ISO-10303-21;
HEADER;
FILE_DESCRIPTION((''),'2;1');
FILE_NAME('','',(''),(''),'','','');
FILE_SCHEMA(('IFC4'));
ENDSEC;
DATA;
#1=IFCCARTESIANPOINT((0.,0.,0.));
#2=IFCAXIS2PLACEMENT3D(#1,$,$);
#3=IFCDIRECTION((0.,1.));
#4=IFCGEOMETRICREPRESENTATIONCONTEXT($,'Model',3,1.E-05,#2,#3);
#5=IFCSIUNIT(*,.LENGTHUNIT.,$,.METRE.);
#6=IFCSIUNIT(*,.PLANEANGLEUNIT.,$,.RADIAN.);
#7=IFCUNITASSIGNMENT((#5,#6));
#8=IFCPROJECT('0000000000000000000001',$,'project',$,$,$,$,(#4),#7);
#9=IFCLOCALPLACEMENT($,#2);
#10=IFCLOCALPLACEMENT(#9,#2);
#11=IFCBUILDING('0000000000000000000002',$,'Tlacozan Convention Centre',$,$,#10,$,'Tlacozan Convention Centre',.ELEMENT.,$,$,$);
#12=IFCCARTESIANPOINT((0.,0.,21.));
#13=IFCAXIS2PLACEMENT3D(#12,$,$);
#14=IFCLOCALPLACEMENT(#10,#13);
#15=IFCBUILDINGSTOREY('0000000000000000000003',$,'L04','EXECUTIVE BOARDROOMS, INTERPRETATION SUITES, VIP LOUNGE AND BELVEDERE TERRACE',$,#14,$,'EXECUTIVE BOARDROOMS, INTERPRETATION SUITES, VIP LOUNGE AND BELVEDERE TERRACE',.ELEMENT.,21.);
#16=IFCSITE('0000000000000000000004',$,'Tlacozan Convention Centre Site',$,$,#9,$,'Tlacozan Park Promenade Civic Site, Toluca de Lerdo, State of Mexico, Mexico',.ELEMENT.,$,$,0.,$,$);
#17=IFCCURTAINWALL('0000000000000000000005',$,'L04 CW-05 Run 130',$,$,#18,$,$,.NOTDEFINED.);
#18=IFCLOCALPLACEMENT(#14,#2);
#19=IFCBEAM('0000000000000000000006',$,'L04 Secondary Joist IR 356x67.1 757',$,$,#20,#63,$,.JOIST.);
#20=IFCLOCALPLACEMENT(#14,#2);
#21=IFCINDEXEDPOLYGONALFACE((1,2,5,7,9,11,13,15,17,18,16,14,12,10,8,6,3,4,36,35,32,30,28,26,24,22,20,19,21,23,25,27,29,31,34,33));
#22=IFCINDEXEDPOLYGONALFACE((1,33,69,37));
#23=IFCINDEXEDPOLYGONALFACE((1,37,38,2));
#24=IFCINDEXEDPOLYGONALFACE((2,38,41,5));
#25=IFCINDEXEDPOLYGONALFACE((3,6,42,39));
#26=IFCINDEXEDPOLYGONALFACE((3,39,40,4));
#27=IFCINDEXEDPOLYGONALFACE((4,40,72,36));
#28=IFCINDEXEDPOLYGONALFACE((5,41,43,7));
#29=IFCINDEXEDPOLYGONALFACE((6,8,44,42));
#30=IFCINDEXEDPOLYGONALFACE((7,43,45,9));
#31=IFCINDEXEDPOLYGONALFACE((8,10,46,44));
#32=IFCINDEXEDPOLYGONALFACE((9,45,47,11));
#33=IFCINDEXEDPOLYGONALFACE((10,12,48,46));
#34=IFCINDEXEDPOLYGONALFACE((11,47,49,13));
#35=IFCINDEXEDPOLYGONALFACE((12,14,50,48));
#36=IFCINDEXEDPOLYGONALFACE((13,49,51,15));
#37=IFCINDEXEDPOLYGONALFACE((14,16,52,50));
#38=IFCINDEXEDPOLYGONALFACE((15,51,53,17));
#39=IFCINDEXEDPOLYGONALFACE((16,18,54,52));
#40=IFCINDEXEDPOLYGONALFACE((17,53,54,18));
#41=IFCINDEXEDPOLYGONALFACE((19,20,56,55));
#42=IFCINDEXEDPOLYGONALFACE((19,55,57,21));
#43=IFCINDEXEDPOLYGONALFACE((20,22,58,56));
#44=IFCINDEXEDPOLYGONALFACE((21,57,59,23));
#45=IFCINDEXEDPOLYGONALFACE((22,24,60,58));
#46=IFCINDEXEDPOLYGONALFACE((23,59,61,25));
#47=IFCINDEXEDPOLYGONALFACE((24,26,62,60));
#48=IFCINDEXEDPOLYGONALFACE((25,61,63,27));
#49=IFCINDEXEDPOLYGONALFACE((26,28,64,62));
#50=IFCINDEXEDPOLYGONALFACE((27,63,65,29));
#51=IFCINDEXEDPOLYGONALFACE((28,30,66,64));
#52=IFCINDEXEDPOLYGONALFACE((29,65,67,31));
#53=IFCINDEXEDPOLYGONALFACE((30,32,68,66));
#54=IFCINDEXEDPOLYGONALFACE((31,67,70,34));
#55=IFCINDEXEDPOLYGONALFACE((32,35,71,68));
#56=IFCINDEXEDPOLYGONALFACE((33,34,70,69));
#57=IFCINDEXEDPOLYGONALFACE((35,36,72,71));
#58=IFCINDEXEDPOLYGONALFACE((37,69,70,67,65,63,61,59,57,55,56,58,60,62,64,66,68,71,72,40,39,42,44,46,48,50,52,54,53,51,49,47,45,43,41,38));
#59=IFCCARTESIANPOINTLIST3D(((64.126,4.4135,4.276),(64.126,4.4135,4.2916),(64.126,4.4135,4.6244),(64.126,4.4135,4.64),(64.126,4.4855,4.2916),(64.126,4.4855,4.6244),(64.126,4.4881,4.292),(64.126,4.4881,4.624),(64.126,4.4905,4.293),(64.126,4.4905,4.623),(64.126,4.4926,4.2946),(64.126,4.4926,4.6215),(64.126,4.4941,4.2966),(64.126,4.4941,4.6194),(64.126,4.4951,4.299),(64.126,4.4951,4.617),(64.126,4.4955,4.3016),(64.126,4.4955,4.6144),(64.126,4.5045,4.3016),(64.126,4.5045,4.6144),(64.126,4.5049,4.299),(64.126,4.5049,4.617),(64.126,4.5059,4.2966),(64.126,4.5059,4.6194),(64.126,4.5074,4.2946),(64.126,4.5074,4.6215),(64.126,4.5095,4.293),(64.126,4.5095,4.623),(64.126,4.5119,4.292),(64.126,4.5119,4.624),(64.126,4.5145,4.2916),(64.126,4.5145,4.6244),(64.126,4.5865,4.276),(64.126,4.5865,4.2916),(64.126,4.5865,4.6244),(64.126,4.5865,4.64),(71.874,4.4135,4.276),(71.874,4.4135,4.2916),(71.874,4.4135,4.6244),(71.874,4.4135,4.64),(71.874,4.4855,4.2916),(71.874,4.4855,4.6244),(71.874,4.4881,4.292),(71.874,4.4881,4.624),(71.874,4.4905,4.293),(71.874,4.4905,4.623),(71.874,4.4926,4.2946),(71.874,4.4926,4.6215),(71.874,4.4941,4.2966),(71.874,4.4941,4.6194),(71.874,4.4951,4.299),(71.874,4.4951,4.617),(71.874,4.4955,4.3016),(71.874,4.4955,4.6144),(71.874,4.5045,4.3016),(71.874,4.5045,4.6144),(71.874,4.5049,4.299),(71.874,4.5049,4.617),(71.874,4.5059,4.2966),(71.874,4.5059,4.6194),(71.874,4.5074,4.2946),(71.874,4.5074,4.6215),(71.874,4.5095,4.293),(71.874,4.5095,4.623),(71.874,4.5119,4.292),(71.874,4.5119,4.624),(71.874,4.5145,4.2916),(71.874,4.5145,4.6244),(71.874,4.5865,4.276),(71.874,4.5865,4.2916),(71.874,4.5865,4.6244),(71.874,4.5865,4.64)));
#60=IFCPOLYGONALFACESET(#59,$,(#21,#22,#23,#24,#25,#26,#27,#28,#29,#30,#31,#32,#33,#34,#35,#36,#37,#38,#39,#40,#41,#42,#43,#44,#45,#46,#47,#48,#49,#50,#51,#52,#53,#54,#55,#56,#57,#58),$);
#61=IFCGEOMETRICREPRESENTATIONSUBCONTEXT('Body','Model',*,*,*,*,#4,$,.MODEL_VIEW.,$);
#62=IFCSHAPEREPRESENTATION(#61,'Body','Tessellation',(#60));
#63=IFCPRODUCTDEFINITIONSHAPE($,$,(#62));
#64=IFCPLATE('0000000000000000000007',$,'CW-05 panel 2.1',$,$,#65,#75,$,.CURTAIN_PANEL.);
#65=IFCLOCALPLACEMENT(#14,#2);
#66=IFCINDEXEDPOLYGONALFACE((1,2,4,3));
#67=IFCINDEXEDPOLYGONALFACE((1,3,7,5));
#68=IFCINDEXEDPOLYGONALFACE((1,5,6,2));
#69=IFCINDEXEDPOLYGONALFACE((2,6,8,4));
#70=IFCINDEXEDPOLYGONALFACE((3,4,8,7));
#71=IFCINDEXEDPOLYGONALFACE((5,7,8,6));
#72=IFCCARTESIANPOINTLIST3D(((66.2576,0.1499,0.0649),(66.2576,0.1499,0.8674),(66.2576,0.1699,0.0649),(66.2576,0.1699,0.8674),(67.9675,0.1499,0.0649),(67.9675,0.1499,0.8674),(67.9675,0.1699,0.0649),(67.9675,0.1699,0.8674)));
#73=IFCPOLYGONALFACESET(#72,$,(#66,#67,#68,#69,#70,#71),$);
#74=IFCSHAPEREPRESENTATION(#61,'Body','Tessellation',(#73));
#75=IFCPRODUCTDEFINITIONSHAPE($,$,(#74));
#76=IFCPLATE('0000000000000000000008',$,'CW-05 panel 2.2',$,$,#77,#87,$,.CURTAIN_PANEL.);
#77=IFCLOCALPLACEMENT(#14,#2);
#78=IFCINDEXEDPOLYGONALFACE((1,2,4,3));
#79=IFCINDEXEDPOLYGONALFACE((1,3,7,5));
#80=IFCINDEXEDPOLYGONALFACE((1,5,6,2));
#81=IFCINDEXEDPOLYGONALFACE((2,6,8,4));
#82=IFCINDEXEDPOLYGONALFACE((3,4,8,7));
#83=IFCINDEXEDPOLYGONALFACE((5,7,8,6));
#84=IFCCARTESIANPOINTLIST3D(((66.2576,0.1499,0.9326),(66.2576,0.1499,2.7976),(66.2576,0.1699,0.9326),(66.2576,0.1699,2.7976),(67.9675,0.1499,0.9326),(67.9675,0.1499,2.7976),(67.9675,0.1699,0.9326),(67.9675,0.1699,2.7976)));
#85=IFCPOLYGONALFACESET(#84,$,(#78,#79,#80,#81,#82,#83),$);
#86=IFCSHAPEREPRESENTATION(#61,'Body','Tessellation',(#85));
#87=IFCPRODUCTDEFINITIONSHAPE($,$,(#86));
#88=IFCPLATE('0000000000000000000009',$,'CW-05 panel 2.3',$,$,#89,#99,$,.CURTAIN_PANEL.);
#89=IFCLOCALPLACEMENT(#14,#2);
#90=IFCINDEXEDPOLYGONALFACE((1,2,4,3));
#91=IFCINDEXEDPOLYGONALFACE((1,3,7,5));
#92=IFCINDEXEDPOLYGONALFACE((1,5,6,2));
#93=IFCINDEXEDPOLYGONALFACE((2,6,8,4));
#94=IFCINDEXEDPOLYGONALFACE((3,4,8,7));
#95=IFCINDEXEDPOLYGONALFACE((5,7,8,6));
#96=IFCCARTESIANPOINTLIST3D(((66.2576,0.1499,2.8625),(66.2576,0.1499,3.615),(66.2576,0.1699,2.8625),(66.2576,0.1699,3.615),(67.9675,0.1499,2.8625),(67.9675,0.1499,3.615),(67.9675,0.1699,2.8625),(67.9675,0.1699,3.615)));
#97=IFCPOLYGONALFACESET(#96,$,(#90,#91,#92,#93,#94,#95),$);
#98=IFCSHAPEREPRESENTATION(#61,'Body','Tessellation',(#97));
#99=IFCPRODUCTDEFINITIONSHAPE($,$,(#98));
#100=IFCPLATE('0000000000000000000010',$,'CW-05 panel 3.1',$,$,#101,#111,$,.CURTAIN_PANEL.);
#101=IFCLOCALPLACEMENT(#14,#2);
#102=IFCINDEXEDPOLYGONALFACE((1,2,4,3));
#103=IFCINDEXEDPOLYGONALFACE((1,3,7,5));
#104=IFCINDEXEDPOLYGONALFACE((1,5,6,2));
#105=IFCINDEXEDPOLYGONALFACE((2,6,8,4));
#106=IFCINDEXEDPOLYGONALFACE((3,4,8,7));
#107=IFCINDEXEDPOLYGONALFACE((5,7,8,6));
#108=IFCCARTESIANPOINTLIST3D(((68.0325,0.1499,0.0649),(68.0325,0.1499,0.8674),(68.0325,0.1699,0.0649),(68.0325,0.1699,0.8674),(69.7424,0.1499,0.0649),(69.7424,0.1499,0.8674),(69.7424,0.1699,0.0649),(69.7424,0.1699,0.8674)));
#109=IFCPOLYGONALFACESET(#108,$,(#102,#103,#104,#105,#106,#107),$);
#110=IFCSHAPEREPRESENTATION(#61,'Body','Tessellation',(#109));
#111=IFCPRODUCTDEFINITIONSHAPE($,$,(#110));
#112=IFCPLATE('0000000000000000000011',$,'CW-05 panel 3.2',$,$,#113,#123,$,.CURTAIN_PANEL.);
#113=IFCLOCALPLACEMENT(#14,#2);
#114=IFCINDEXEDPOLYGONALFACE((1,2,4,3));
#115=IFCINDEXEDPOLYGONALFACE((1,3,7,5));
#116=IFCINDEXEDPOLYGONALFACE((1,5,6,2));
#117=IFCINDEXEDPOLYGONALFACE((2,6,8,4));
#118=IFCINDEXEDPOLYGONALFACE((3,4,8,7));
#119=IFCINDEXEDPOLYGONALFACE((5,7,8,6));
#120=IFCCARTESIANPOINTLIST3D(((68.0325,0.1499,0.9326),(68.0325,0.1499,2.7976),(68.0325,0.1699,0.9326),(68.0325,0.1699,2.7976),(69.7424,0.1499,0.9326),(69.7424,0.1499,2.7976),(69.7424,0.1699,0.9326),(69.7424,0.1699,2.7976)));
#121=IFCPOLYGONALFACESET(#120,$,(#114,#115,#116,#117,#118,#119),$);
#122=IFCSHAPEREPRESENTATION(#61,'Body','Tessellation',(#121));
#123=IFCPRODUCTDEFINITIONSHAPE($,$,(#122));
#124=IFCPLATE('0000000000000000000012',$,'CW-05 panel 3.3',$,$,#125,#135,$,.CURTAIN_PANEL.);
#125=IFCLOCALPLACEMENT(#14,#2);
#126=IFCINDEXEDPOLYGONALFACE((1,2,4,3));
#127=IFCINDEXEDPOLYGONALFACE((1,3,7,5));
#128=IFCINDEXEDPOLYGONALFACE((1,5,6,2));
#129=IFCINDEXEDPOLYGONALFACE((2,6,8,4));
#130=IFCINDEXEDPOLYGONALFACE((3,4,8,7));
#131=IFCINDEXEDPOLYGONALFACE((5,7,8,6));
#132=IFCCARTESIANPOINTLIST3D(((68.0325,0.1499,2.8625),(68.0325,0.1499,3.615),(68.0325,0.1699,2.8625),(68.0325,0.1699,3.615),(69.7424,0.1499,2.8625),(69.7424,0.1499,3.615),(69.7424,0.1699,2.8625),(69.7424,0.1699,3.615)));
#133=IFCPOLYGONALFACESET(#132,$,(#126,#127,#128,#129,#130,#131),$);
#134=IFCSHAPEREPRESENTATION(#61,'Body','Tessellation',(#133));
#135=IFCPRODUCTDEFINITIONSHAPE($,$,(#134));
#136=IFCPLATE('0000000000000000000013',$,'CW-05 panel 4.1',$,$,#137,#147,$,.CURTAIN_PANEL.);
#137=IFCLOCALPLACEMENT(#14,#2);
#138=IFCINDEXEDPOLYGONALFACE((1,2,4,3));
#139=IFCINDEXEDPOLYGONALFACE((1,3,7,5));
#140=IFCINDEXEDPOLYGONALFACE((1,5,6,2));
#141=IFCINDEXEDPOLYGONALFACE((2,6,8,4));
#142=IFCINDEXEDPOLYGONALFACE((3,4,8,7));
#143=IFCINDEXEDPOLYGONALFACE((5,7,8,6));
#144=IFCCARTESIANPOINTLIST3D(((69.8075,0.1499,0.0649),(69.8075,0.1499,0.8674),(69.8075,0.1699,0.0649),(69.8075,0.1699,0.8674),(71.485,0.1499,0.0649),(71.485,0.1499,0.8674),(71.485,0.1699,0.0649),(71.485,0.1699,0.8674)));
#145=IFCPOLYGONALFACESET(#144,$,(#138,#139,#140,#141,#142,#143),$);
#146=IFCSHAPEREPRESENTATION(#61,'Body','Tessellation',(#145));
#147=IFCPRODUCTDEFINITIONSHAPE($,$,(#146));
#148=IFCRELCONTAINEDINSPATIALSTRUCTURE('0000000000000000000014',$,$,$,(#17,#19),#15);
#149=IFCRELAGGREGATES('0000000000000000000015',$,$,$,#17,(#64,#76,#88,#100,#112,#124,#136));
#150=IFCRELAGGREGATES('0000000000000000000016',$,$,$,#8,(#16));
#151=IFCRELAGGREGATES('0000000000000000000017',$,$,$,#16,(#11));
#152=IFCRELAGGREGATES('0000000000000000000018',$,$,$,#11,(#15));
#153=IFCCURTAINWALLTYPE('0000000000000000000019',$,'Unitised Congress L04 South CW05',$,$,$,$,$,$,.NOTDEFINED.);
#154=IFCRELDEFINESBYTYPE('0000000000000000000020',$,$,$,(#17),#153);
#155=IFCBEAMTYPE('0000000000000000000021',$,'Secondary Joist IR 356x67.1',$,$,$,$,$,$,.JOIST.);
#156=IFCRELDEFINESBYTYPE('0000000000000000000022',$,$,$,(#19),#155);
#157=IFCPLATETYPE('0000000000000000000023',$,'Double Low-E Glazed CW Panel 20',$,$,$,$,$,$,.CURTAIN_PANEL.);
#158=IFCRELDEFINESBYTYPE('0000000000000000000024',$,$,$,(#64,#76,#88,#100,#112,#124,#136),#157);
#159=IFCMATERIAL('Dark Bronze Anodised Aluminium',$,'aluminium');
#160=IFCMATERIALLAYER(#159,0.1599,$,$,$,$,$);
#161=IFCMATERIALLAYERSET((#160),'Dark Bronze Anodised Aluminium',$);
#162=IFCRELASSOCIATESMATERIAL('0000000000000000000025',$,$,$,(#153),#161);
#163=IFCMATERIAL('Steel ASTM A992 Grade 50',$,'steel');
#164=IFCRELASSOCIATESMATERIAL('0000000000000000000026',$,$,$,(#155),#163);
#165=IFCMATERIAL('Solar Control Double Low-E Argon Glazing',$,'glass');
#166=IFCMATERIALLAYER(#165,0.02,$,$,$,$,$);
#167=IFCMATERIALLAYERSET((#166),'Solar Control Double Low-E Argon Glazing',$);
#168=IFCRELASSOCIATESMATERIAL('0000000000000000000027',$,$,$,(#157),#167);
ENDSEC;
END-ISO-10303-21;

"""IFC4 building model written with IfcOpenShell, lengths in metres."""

from ifc_helpers import new_model, si_unit, direction, frame, origin, origin_2d, place, context, subcontext, project, spatial, rectangle, i_section, extrude, material, layer, layer_set, material_profile, profile_set, type_object, element, aggregate, save


model = new_model("IFC4")

# Units and contexts
model_context = context("Model", 3, precision=1e-05, world=origin(), true_north=direction((0.0, 1.0)))
body_context = subcontext(model_context, "Body", "Model", "MODEL_VIEW")
ifc_project = project(units=[si_unit("LENGTHUNIT", "METRE"), si_unit("PLANEANGLEUNIT", "RADIAN")], contexts=[model_context])

# Site, building, storey
site_placement = place(None, origin())
site = spatial("IfcSite", under=ifc_project, at=site_placement, Name="Tlacozan Convention Centre Site", LongName="Tlacozan Park Promenade Civic Site, Toluca de Lerdo, State of Mexico, Mexico", CompositionType="ELEMENT", RefElevation=0.0)
building_placement = place(site_placement, origin())
building = spatial("IfcBuilding", under=site, at=building_placement, Name="Tlacozan Convention Centre", LongName="Tlacozan Convention Centre", CompositionType="ELEMENT")
storey_placement = place(building_placement, frame((0.0, 0.0, 21.0)))
storey = spatial("IfcBuildingStorey", under=building, at=storey_placement, Name="L04", Description="EXECUTIVE BOARDROOMS, INTERPRETATION SUITES, VIP LOUNGE AND BELVEDERE TERRACE", LongName="EXECUTIVE BOARDROOMS, INTERPRETATION SUITES, VIP LOUNGE AND BELVEDERE TERRACE", CompositionType="ELEMENT", Elevation=21.0)

# Curtain wall
ifc_material_1 = material(Name="Dark Bronze Anodised Aluminium", Category="aluminium")
ifc_layer_1 = layer(ifc_material_1, 0.1599)
ifc_layer_set_1 = layer_set([ifc_layer_1], Name="Dark Bronze Anodised Aluminium")
curtain_wall_type = type_object("IfcCurtainWallType", Name="Unitised Congress L04 South CW05", PredefinedType="NOTDEFINED", material=ifc_layer_set_1)
curtain_wall_placement = place(storey_placement, origin())
curtain_wall = element("IfcCurtainWall", 1, at=curtain_wall_placement, inside=storey, type_object=curtain_wall_type, Name="L04 CW-05 Run 130", PredefinedType="NOTDEFINED")

# Beam
ifc_material_2 = material(Name="Steel ASTM A992 Grade 50", Category="steel")
ifc_material_profile_1 = material_profile(ifc_material_2, i_section(OverallWidth=0.1731, OverallDepth=0.364, WebThickness=0.009, FlangeThickness=0.0156, FilletRadius=0.01, at=origin_2d()), Name="IR 356x67.1")
ifc_profile_set_1 = profile_set([ifc_material_profile_1], Name="Steel ASTM A992 Grade 50")
beam_type_1 = type_object("IfcBeamType", Name="Secondary Joist IR 356x67.1", PredefinedType="JOIST", material=ifc_profile_set_1)
for number, where, z_axis, x_axis, name in (
    (2, (64.126, 4.5, 4.458), (1.0, 0.0, 0.0), (0.0, 1.0, 0.0), "L04 Secondary Joist IR 356x67.1 757"),
):
    element("IfcBeam", number, at=place(storey_placement, frame(where, z_axis=z_axis, x_axis=x_axis)), inside=storey, type_object=beam_type_1, Name=name, PredefinedType="JOIST", context=body_context, shape_type="SweptSolid", body=[
        extrude(i_section(OverallWidth=0.1731, OverallDepth=0.364, WebThickness=0.009, FlangeThickness=0.0156, FilletRadius=0.01, at=origin_2d()), origin(), (0.0, 0.0, 1.0), 7.748),
    ])

# Plates
ifc_material_3 = material(Name="Solar Control Double Low-E Argon Glazing", Category="glass")
ifc_layer_2 = layer(ifc_material_3, 0.02)
ifc_layer_set_2 = layer_set([ifc_layer_2], Name="Solar Control Double Low-E Argon Glazing")
plate_type = type_object("IfcPlateType", Name="Double Low-E Glazed CW Panel 20", PredefinedType="CURTAIN_PANEL", material=ifc_layer_set_2)
plate_1_placement = place(storey_placement, frame((67.1125, 0.1599, 0.0649), z_axis=(0.0, 0.0, 1.0), x_axis=(1.0, 0.0, 0.0)))
plate_1 = element("IfcPlate", 3, at=plate_1_placement, type_object=plate_type, Name="CW-05 panel 2.1", PredefinedType="CURTAIN_PANEL", context=body_context, shape_type="SweptSolid", body=[
    extrude(rectangle(XDim=1.71, YDim=0.02, at=origin_2d()), origin(), (0.0, 0.0, 1.0), 0.8025),
])
plate_2_placement = place(storey_placement, frame((67.1125, 0.1599, 0.9326), z_axis=(0.0, 0.0, 1.0), x_axis=(1.0, 0.0, 0.0)))
plate_2 = element("IfcPlate", 4, at=plate_2_placement, type_object=plate_type, Name="CW-05 panel 2.2", PredefinedType="CURTAIN_PANEL", context=body_context, shape_type="SweptSolid", body=[
    extrude(rectangle(XDim=1.71, YDim=0.02, at=origin_2d()), origin(), (0.0, 0.0, 1.0), 1.865),
])
plate_3_placement = place(storey_placement, frame((67.1125, 0.1599, 2.8625), z_axis=(0.0, 0.0, 1.0), x_axis=(1.0, 0.0, 0.0)))
plate_3 = element("IfcPlate", 5, at=plate_3_placement, type_object=plate_type, Name="CW-05 panel 2.3", PredefinedType="CURTAIN_PANEL", context=body_context, shape_type="SweptSolid", body=[
    extrude(rectangle(XDim=1.71, YDim=0.02, at=origin_2d()), origin(), (0.0, 0.0, 1.0), 0.7524),
])
plate_4_placement = place(storey_placement, frame((68.8875, 0.1599, 0.0649), z_axis=(0.0, 0.0, 1.0), x_axis=(1.0, 0.0, 0.0)))
plate_4 = element("IfcPlate", 6, at=plate_4_placement, type_object=plate_type, Name="CW-05 panel 3.1", PredefinedType="CURTAIN_PANEL", context=body_context, shape_type="SweptSolid", body=[
    extrude(rectangle(XDim=1.71, YDim=0.02, at=origin_2d()), origin(), (0.0, 0.0, 1.0), 0.8025),
])
plate_5_placement = place(storey_placement, frame((68.8875, 0.1599, 0.9326), z_axis=(0.0, 0.0, 1.0), x_axis=(1.0, 0.0, 0.0)))
plate_5 = element("IfcPlate", 7, at=plate_5_placement, type_object=plate_type, Name="CW-05 panel 3.2", PredefinedType="CURTAIN_PANEL", context=body_context, shape_type="SweptSolid", body=[
    extrude(rectangle(XDim=1.71, YDim=0.02, at=origin_2d()), origin(), (0.0, 0.0, 1.0), 1.865),
])
plate_6_placement = place(storey_placement, frame((68.8875, 0.1599, 2.8625), z_axis=(0.0, 0.0, 1.0), x_axis=(1.0, 0.0, 0.0)))
plate_6 = element("IfcPlate", 8, at=plate_6_placement, type_object=plate_type, Name="CW-05 panel 3.3", PredefinedType="CURTAIN_PANEL", context=body_context, shape_type="SweptSolid", body=[
    extrude(rectangle(XDim=1.71, YDim=0.02, at=origin_2d()), origin(), (0.0, 0.0, 1.0), 0.7524),
])
plate_7_placement = place(storey_placement, frame((70.6462, 0.1599, 0.0649), z_axis=(0.0, 0.0, 1.0), x_axis=(1.0, 0.0, 0.0)))
plate_7 = element("IfcPlate", 9, at=plate_7_placement, type_object=plate_type, Name="CW-05 panel 4.1", PredefinedType="CURTAIN_PANEL", context=body_context, shape_type="SweptSolid", body=[
    extrude(rectangle(XDim=1.6775, YDim=0.02, at=origin_2d()), origin(), (0.0, 0.0, 1.0), 0.8025),
])
aggregate(curtain_wall, [plate_1, plate_2, plate_3, plate_4, plate_5, plate_6, plate_7])

save(model, "model.ifc")
